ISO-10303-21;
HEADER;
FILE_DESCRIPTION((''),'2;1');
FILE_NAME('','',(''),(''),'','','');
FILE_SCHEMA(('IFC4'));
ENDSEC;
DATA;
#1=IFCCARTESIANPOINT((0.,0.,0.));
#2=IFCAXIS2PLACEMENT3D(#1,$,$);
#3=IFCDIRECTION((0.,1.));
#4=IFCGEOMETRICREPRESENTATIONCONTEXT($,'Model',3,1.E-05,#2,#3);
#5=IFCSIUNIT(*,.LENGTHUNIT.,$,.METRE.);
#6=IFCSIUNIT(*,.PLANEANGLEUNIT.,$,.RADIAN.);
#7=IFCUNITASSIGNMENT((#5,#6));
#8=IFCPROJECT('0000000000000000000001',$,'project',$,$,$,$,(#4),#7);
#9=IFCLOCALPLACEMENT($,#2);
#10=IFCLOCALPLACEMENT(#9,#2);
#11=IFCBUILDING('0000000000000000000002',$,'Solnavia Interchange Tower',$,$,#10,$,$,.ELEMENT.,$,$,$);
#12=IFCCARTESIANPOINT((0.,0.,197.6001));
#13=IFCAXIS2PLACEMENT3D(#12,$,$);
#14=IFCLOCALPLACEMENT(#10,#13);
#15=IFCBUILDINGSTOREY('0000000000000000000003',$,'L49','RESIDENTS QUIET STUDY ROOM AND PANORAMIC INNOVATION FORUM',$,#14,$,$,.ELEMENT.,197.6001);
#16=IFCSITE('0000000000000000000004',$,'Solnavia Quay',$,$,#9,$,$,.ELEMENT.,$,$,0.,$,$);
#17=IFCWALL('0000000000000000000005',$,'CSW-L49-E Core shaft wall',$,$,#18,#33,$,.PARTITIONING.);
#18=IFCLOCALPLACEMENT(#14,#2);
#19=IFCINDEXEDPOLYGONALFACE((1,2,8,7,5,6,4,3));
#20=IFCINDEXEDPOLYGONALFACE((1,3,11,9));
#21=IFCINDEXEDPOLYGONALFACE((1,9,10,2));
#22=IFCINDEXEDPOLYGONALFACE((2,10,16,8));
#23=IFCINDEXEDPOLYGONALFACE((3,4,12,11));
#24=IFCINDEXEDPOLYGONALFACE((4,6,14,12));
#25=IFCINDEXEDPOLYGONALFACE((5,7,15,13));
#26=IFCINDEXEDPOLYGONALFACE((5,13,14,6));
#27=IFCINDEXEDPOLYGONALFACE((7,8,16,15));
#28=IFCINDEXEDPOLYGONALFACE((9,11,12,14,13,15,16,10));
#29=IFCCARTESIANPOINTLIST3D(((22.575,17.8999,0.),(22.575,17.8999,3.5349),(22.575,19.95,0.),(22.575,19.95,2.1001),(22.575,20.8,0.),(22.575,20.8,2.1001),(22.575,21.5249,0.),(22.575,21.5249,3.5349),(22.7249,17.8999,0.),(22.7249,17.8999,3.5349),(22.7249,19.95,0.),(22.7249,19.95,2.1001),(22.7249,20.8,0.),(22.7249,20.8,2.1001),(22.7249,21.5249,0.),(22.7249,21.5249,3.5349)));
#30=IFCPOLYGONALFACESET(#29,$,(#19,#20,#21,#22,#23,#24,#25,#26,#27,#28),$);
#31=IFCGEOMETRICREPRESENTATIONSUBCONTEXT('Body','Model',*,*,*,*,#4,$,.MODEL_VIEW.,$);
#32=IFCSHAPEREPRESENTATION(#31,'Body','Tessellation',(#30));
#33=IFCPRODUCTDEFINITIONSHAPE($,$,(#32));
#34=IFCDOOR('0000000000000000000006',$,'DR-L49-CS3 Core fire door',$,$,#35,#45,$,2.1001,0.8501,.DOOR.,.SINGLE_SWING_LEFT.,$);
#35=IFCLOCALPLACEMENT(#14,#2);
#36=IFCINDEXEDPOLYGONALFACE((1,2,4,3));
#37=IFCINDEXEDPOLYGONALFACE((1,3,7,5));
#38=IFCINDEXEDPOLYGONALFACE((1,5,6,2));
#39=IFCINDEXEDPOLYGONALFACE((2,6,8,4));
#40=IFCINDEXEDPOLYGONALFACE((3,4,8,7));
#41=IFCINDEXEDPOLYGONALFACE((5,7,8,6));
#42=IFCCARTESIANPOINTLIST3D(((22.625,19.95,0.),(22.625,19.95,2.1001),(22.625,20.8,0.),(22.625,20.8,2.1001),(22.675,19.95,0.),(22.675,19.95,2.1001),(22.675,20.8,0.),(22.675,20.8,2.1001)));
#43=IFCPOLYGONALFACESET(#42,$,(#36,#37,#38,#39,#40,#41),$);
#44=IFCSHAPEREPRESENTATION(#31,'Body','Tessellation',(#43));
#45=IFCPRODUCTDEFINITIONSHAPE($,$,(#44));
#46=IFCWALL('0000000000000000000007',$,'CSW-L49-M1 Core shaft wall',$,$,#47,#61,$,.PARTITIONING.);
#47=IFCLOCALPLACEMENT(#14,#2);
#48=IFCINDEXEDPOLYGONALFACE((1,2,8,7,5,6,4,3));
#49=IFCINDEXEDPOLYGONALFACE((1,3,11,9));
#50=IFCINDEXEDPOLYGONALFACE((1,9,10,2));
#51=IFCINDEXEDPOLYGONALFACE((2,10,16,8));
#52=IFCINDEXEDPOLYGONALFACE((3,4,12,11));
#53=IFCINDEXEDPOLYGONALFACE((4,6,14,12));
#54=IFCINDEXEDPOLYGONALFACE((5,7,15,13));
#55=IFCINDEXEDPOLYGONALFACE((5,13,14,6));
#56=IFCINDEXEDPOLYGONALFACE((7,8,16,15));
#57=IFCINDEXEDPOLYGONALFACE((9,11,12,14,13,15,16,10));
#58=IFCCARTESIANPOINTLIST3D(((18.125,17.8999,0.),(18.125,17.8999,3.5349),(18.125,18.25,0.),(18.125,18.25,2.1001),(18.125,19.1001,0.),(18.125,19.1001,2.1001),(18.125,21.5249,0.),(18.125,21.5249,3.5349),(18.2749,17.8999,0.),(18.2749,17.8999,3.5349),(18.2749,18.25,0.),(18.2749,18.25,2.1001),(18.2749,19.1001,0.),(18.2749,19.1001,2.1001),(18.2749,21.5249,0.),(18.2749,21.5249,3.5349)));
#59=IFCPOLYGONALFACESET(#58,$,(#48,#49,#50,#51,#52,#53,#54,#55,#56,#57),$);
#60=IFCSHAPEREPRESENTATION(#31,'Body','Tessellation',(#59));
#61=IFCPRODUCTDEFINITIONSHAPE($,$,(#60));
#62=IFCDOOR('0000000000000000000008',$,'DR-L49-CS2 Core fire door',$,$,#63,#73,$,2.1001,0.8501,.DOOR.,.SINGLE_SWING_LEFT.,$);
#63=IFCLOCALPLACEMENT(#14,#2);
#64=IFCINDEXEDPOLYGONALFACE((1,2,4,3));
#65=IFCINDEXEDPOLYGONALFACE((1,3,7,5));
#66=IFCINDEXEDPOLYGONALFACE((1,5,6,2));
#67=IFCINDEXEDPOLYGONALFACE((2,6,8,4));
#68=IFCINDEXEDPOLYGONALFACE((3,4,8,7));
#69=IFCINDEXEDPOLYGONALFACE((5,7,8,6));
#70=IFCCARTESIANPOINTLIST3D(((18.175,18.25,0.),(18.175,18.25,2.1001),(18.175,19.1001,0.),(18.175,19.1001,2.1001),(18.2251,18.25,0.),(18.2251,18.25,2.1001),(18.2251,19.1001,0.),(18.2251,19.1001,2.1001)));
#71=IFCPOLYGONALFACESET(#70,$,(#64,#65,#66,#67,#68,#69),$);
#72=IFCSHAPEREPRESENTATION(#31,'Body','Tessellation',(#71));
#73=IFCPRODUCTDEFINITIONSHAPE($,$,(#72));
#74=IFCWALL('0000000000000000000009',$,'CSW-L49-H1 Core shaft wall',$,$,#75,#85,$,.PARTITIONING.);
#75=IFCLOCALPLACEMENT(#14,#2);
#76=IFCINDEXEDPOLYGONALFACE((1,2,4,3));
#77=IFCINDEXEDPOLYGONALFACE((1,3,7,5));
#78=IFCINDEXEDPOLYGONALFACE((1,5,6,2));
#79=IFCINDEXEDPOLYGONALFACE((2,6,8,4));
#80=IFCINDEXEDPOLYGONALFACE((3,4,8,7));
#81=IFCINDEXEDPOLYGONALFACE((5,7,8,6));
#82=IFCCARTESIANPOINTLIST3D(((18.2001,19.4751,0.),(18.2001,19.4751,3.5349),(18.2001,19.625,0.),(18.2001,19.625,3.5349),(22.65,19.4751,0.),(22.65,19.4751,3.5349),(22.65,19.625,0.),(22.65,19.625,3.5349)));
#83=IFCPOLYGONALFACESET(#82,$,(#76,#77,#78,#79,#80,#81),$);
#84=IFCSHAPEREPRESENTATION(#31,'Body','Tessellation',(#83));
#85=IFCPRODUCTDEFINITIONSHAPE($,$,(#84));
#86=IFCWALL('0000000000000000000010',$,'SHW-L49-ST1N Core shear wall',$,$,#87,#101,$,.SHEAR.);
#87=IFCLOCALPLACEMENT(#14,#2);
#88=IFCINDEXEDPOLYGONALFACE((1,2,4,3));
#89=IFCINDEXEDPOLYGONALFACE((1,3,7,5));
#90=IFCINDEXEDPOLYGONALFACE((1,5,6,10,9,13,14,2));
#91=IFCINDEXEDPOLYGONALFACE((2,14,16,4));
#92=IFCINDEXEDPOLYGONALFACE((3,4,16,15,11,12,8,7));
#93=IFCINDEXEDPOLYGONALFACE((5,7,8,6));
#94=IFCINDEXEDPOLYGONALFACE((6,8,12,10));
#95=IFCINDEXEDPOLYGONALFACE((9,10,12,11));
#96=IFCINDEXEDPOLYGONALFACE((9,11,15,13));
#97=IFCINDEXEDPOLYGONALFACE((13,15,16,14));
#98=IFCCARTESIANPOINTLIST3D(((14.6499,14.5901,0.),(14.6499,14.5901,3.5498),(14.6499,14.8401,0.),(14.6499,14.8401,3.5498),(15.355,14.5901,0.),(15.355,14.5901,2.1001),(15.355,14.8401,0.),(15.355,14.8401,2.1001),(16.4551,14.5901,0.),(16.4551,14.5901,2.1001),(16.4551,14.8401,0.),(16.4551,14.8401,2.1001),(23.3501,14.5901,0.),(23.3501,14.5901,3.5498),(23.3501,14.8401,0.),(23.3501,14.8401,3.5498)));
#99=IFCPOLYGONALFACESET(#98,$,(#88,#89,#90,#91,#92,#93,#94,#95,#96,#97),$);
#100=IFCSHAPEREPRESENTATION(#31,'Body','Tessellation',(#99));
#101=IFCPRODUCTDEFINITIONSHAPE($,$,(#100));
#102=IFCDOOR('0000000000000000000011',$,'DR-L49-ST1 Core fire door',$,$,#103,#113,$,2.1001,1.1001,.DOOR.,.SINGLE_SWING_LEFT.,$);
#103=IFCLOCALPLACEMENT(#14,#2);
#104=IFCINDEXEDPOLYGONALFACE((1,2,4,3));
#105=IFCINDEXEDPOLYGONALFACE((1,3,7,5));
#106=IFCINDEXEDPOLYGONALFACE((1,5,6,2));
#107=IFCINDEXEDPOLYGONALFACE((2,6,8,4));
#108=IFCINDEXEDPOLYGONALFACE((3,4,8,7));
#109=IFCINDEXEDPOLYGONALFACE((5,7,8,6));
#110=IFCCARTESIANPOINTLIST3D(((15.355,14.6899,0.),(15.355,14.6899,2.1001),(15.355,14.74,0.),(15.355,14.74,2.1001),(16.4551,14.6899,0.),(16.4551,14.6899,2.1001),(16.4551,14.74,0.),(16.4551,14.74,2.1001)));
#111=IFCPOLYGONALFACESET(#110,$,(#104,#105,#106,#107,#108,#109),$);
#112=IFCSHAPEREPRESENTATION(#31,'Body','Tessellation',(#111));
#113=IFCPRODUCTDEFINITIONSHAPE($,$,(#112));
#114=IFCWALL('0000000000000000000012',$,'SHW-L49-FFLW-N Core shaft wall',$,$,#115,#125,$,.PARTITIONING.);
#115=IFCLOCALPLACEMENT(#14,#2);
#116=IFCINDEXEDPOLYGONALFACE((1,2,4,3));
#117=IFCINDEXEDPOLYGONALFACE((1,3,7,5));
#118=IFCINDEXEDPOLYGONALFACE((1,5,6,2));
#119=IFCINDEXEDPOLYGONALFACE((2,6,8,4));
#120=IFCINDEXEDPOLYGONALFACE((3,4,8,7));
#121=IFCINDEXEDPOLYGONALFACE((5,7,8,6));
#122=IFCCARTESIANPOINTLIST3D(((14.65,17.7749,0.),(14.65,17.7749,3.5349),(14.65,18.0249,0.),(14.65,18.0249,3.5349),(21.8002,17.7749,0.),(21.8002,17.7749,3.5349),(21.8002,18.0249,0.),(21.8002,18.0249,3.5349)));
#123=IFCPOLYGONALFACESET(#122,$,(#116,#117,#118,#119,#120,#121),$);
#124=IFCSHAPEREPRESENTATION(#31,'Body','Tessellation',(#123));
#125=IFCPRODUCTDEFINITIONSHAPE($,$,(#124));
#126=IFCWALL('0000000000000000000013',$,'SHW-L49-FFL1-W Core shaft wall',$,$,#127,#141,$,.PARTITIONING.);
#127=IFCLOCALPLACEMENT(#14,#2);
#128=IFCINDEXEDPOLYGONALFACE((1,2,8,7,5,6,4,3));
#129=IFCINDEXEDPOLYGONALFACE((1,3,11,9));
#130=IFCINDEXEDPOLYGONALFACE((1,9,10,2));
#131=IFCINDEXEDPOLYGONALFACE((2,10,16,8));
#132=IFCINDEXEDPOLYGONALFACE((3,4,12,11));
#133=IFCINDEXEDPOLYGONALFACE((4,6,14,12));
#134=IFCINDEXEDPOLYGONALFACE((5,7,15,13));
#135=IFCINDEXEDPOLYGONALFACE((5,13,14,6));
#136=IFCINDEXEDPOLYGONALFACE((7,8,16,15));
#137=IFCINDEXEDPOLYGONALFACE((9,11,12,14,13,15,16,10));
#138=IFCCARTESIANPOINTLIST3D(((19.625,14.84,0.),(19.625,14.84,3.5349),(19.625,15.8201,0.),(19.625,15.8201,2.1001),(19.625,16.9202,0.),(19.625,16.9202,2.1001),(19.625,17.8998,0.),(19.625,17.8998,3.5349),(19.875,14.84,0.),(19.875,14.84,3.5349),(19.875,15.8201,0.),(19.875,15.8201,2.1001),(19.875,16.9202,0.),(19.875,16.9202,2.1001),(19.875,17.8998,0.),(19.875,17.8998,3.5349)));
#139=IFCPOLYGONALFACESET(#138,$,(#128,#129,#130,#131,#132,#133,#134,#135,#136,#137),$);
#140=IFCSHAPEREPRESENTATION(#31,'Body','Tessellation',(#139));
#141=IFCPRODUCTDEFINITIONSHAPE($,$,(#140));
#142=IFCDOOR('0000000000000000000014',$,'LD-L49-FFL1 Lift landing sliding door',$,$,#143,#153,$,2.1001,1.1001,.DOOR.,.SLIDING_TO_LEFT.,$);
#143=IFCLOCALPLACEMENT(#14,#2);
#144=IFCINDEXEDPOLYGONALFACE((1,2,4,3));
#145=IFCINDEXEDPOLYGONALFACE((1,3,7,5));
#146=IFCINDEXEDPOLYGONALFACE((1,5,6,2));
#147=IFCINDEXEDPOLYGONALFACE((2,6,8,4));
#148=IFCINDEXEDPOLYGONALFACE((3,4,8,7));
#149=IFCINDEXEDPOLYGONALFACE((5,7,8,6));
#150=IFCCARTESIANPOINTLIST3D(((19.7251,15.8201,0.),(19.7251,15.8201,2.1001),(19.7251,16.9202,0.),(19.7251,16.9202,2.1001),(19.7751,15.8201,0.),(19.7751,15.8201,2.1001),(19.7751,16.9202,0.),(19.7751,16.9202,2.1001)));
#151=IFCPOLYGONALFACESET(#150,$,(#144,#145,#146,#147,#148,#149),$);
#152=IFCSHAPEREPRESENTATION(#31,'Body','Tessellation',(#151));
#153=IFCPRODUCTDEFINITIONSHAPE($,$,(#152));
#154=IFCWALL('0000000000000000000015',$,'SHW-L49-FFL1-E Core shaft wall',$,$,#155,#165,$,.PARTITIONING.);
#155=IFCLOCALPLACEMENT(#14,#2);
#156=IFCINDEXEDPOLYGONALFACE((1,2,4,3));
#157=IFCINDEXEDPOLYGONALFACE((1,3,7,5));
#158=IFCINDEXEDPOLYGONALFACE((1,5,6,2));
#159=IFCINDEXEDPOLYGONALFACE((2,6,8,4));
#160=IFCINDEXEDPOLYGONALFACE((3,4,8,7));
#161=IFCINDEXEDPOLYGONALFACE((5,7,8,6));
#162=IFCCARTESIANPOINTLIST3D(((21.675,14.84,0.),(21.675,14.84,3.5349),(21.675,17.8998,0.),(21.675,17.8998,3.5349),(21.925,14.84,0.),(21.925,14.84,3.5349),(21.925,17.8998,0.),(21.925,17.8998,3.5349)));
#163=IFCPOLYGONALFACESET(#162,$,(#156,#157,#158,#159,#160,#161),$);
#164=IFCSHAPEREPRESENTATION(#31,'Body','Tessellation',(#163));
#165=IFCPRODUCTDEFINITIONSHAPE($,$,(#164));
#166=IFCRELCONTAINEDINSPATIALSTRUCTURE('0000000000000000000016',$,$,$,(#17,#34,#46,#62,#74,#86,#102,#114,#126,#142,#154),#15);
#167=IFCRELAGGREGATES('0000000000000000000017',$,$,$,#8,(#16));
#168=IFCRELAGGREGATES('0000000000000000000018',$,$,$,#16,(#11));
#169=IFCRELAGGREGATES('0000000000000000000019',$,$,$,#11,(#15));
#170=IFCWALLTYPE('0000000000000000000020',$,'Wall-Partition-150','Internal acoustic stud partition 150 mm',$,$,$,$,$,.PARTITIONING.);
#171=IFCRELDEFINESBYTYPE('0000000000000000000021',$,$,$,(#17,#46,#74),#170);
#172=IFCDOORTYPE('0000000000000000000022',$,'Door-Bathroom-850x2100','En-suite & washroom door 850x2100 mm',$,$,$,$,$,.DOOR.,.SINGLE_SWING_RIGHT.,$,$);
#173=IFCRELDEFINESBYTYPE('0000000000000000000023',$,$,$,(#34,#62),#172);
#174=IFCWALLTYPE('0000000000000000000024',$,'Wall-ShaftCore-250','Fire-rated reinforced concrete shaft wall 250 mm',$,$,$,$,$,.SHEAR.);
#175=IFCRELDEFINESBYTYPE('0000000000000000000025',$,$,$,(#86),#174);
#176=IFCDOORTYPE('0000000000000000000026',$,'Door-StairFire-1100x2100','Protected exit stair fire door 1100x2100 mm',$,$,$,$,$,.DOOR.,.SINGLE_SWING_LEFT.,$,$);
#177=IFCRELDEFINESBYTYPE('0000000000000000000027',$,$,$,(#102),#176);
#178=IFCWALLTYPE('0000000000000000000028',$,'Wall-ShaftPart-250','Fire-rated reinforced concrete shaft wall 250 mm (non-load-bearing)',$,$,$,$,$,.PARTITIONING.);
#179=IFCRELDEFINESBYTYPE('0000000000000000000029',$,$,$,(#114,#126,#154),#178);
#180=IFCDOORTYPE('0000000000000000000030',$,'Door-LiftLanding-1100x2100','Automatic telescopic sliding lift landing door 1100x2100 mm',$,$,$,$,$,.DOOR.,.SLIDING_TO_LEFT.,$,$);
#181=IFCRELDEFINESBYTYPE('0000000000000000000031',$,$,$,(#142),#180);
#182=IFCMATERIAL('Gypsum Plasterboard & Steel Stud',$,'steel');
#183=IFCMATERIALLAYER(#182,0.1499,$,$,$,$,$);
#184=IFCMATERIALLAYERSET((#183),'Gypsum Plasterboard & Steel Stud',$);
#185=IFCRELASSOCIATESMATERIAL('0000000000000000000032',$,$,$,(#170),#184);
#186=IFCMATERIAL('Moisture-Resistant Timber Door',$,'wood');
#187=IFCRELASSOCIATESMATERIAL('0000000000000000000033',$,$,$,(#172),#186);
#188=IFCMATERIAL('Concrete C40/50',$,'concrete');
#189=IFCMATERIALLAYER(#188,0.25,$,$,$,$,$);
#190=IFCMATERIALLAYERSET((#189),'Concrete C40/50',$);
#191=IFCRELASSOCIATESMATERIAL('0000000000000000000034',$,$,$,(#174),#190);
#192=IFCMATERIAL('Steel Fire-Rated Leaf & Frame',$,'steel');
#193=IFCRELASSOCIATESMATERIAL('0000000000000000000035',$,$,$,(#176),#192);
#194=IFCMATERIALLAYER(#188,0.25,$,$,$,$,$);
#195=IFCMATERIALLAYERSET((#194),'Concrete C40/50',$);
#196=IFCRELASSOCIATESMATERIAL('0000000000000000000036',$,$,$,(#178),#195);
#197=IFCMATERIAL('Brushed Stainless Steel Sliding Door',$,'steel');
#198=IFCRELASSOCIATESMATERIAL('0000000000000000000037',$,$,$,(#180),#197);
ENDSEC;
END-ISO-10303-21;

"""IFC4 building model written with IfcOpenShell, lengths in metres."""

from ifc_helpers import new_model, si_unit, direction, frame, frame_2d, origin, place, context, subcontext, project, spatial, rectangle, extrude, material, layer, layer_set, type_object, element, fill, save


model = new_model("IFC4")

# Units and contexts
model_context = context("Model", 3, precision=1e-05, world=origin(), true_north=direction((0.0, 1.0)))
body_context = subcontext(model_context, "Body", "Model", "MODEL_VIEW")
ifc_project = project(units=[si_unit("LENGTHUNIT", "METRE"), si_unit("PLANEANGLEUNIT", "RADIAN")], contexts=[model_context])

# Site, building, storey
site_placement = place(None, origin())
site = spatial("IfcSite", under=ifc_project, at=site_placement, Name="Solnavia Quay", CompositionType="ELEMENT", RefElevation=0.0)
building_placement = place(site_placement, origin())
building = spatial("IfcBuilding", under=site, at=building_placement, Name="Solnavia Interchange Tower", CompositionType="ELEMENT")
storey_placement = place(building_placement, frame((0.0, 0.0, 197.6001)))
storey = spatial("IfcBuildingStorey", under=building, at=storey_placement, Name="L49", Description="RESIDENTS QUIET STUDY ROOM AND PANORAMIC INNOVATION FORUM", CompositionType="ELEMENT", Elevation=197.6001)

# Walls, openings, doors
ifc_material_1 = material(Name="Gypsum Plasterboard & Steel Stud", Category="steel")
ifc_layer_1 = layer(ifc_material_1, 0.1499)
ifc_layer_set_1 = layer_set([ifc_layer_1], Name="Gypsum Plasterboard & Steel Stud")
wall_type_1 = type_object("IfcWallType", Name="Wall-Partition-150", Description="Internal acoustic stud partition 150 mm", PredefinedType="PARTITIONING", material=ifc_layer_set_1)
wall_1_placement = place(storey_placement, frame((22.6499, 17.8999, 0.0), z_axis=(0.0, 0.0, 1.0), x_axis=(0.0, 1.0, 0.0)))
wall_1 = element("IfcWall", 1, at=wall_1_placement, inside=storey, type_object=wall_type_1, Name="CSW-L49-E Core shaft wall", PredefinedType="PARTITIONING", context=body_context, shape_type="SweptSolid", body=[
    extrude(rectangle(XDim=3.625, YDim=0.1499, at=frame_2d((1.8125, 0.0))), origin(), (0.0, 0.0, 1.0), 3.5349),
])
opening_1_placement = place(wall_1_placement, frame((2.05, 0.0, 0.0)))
opening_1 = element("IfcOpeningElement", 2, at=opening_1_placement, cuts=wall_1, PredefinedType="OPENING", context=body_context, shape_type="SweptSolid", body=[
    extrude(rectangle(XDim=0.8501, YDim=2.1001, at=frame_2d((0.425, 1.05))), frame((0.0, 0.085, 0.0), z_axis=(0.0, -1.0, 0.0), x_axis=(1.0, 0.0, 0.0)), (0.0, 0.0, 1.0), 0.1699),
])
ifc_material_2 = material(Name="Moisture-Resistant Timber Door", Category="wood")
door_type_1 = type_object("IfcDoorType", Name="Door-Bathroom-850x2100", Description="En-suite & washroom door 850x2100 mm", OperationType="SINGLE_SWING_RIGHT", PredefinedType="DOOR", material=ifc_material_2)
door_1_placement = place(opening_1_placement, origin())
door_1 = element("IfcDoor", 3, at=door_1_placement, inside=storey, type_object=door_type_1, Name="DR-L49-CS3 Core fire door", OperationType="SINGLE_SWING_LEFT", OverallHeight=2.1001, OverallWidth=0.8501, PredefinedType="DOOR", context=body_context, shape_type="SweptSolid", body=[
    extrude(rectangle(XDim=0.8501, YDim=2.1001, at=frame_2d((0.425, 1.05))), frame((0.0, 0.0249, 0.0), z_axis=(0.0, -1.0, 0.0), x_axis=(1.0, 0.0, 0.0)), (0.0, 0.0, 1.0), 0.05),
])
fill(opening_1, door_1)
wall_2_placement = place(storey_placement, frame((18.2, 17.8999, 0.0), z_axis=(0.0, 0.0, 1.0), x_axis=(0.0, 1.0, 0.0)))
wall_2 = element("IfcWall", 4, at=wall_2_placement, inside=storey, type_object=wall_type_1, Name="CSW-L49-M1 Core shaft wall", PredefinedType="PARTITIONING", context=body_context, shape_type="SweptSolid", body=[
    extrude(rectangle(XDim=3.625, YDim=0.1499, at=frame_2d((1.8125, 0.0))), origin(), (0.0, 0.0, 1.0), 3.5349),
])
opening_2_placement = place(wall_2_placement, frame((0.3501, 0.0, 0.0)))
opening_2 = element("IfcOpeningElement", 5, at=opening_2_placement, cuts=wall_2, PredefinedType="OPENING", context=body_context, shape_type="SweptSolid", body=[
    extrude(rectangle(XDim=0.8501, YDim=2.1001, at=frame_2d((0.425, 1.05))), frame((0.0, 0.085, 0.0), z_axis=(0.0, -1.0, 0.0), x_axis=(1.0, 0.0, 0.0)), (0.0, 0.0, 1.0), 0.1699),
])
door_2_placement = place(opening_2_placement, origin())
door_2 = element("IfcDoor", 6, at=door_2_placement, inside=storey, type_object=door_type_1, Name="DR-L49-CS2 Core fire door", OperationType="SINGLE_SWING_LEFT", OverallHeight=2.1001, OverallWidth=0.8501, PredefinedType="DOOR", context=body_context, shape_type="SweptSolid", body=[
    extrude(rectangle(XDim=0.8501, YDim=2.1001, at=frame_2d((0.425, 1.05))), frame((0.0, 0.0249, 0.0), z_axis=(0.0, -1.0, 0.0), x_axis=(1.0, 0.0, 0.0)), (0.0, 0.0, 1.0), 0.05),
])
fill(opening_2, door_2)

# Wall
wall_3_placement = place(storey_placement, frame((18.2, 19.55, 0.0), z_axis=(0.0, 0.0, 1.0), x_axis=(1.0, 0.0, 0.0)))
element("IfcWall", 7, at=wall_3_placement, inside=storey, type_object=wall_type_1, Name="CSW-L49-H1 Core shaft wall", PredefinedType="PARTITIONING", context=body_context, shape_type="SweptSolid", body=[
    extrude(rectangle(XDim=4.45, YDim=0.1499, at=frame_2d((2.2251, 0.0))), origin(), (0.0, 0.0, 1.0), 3.5349),
])

# Wall, opening, door
ifc_material_3 = material(Name="Concrete C40/50", Category="concrete")
ifc_layer_2 = layer(ifc_material_3, 0.25)
ifc_layer_set_2 = layer_set([ifc_layer_2], Name="Concrete C40/50")
wall_type_2 = type_object("IfcWallType", Name="Wall-ShaftCore-250", Description="Fire-rated reinforced concrete shaft wall 250 mm", PredefinedType="SHEAR", material=ifc_layer_set_2)
wall_4_placement = place(storey_placement, frame((14.6499, 14.7151, 0.0), z_axis=(0.0, 0.0, 1.0), x_axis=(1.0, 0.0, 0.0)))
wall_4 = element("IfcWall", 8, at=wall_4_placement, inside=storey, type_object=wall_type_2, Name="SHW-L49-ST1N Core shear wall", PredefinedType="SHEAR", context=body_context, shape_type="SweptSolid", body=[
    extrude(rectangle(XDim=8.7002, YDim=0.25, at=frame_2d((4.3501, 0.0))), origin(), (0.0, 0.0, 1.0), 3.5498),
])
opening_3_placement = place(wall_4_placement, frame((0.7051, 0.0, 0.0)))
opening_3 = element("IfcOpeningElement", 9, at=opening_3_placement, cuts=wall_4, PredefinedType="OPENING", context=body_context, shape_type="SweptSolid", body=[
    extrude(rectangle(XDim=1.1001, YDim=2.1001, at=frame_2d((0.55, 1.05))), frame((0.0, 0.135, 0.0), z_axis=(0.0, -1.0, 0.0), x_axis=(1.0, 0.0, 0.0)), (0.0, 0.0, 1.0), 0.27),
])
ifc_material_4 = material(Name="Steel Fire-Rated Leaf & Frame", Category="steel")
door_type_2 = type_object("IfcDoorType", Name="Door-StairFire-1100x2100", Description="Protected exit stair fire door 1100x2100 mm", OperationType="SINGLE_SWING_LEFT", PredefinedType="DOOR", material=ifc_material_4)
door_3_placement = place(opening_3_placement, origin())
door_3 = element("IfcDoor", 10, at=door_3_placement, inside=storey, type_object=door_type_2, Name="DR-L49-ST1 Core fire door", OperationType="SINGLE_SWING_LEFT", OverallHeight=2.1001, OverallWidth=1.1001, PredefinedType="DOOR", context=body_context, shape_type="SweptSolid", body=[
    extrude(rectangle(XDim=1.1001, YDim=2.1001, at=frame_2d((0.55, 1.05))), frame((0.0, 0.0249, 0.0), z_axis=(0.0, -1.0, 0.0), x_axis=(1.0, 0.0, 0.0)), (0.0, 0.0, 1.0), 0.05),
])
fill(opening_3, door_3)

# Wall
ifc_layer_3 = layer(ifc_material_3, 0.25)
ifc_layer_set_3 = layer_set([ifc_layer_3], Name="Concrete C40/50")
wall_type_3 = type_object("IfcWallType", Name="Wall-ShaftPart-250", Description="Fire-rated reinforced concrete shaft wall 250 mm (non-load-bearing)", PredefinedType="PARTITIONING", material=ifc_layer_set_3)
wall_5_placement = place(storey_placement, frame((14.6499, 17.8999, 0.0), z_axis=(0.0, 0.0, 1.0), x_axis=(1.0, 0.0, 0.0)))
element("IfcWall", 11, at=wall_5_placement, inside=storey, type_object=wall_type_3, Name="SHW-L49-FFLW-N Core shaft wall", PredefinedType="PARTITIONING", context=body_context, shape_type="SweptSolid", body=[
    extrude(rectangle(XDim=7.1501, YDim=0.25, at=frame_2d((3.5752, 0.0))), origin(), (0.0, 0.0, 1.0), 3.5349),
])

# Wall, opening, door
wall_6_placement = place(storey_placement, frame((19.75, 14.8401, 0.0), z_axis=(0.0, 0.0, 1.0), x_axis=(0.0, 1.0, 0.0)))
wall_6 = element("IfcWall", 12, at=wall_6_placement, inside=storey, type_object=wall_type_3, Name="SHW-L49-FFL1-W Core shaft wall", PredefinedType="PARTITIONING", context=body_context, shape_type="SweptSolid", body=[
    extrude(rectangle(XDim=3.0598, YDim=0.25, at=frame_2d((1.5298, 0.0))), origin(), (0.0, 0.0, 1.0), 3.5349),
])
opening_4_placement = place(wall_6_placement, frame((0.98, 0.0, 0.0)))
opening_4 = element("IfcOpeningElement", 13, at=opening_4_placement, cuts=wall_6, PredefinedType="OPENING", context=body_context, shape_type="SweptSolid", body=[
    extrude(rectangle(XDim=1.1001, YDim=2.1001, at=frame_2d((0.55, 1.05))), frame((0.0, 0.135, 0.0), z_axis=(0.0, -1.0, 0.0), x_axis=(1.0, 0.0, 0.0)), (0.0, 0.0, 1.0), 0.27),
])
ifc_material_5 = material(Name="Brushed Stainless Steel Sliding Door", Category="steel")
door_type_3 = type_object("IfcDoorType", Name="Door-LiftLanding-1100x2100", Description="Automatic telescopic sliding lift landing door 1100x2100 mm", OperationType="SLIDING_TO_LEFT", PredefinedType="DOOR", material=ifc_material_5)
door_4_placement = place(opening_4_placement, origin())
door_4 = element("IfcDoor", 14, at=door_4_placement, inside=storey, type_object=door_type_3, Name="LD-L49-FFL1 Lift landing sliding door", OperationType="SLIDING_TO_LEFT", OverallHeight=2.1001, OverallWidth=1.1001, PredefinedType="DOOR", context=body_context, shape_type="SweptSolid", body=[
    extrude(rectangle(XDim=1.1001, YDim=2.1001, at=frame_2d((0.55, 1.05))), frame((0.0, 0.0249, 0.0), z_axis=(0.0, -1.0, 0.0), x_axis=(1.0, 0.0, 0.0)), (0.0, 0.0, 1.0), 0.05),
])
fill(opening_4, door_4)

# Wall
wall_7_placement = place(storey_placement, frame((21.8, 14.8401, 0.0), z_axis=(0.0, 0.0, 1.0), x_axis=(0.0, 1.0, 0.0)))
element("IfcWall", 15, at=wall_7_placement, inside=storey, type_object=wall_type_3, Name="SHW-L49-FFL1-E Core shaft wall", PredefinedType="PARTITIONING", context=body_context, shape_type="SweptSolid", body=[
    extrude(rectangle(XDim=3.0598, YDim=0.25, at=frame_2d((1.5298, 0.0))), origin(), (0.0, 0.0, 1.0), 3.5349),
])

save(model, "model.ifc")
